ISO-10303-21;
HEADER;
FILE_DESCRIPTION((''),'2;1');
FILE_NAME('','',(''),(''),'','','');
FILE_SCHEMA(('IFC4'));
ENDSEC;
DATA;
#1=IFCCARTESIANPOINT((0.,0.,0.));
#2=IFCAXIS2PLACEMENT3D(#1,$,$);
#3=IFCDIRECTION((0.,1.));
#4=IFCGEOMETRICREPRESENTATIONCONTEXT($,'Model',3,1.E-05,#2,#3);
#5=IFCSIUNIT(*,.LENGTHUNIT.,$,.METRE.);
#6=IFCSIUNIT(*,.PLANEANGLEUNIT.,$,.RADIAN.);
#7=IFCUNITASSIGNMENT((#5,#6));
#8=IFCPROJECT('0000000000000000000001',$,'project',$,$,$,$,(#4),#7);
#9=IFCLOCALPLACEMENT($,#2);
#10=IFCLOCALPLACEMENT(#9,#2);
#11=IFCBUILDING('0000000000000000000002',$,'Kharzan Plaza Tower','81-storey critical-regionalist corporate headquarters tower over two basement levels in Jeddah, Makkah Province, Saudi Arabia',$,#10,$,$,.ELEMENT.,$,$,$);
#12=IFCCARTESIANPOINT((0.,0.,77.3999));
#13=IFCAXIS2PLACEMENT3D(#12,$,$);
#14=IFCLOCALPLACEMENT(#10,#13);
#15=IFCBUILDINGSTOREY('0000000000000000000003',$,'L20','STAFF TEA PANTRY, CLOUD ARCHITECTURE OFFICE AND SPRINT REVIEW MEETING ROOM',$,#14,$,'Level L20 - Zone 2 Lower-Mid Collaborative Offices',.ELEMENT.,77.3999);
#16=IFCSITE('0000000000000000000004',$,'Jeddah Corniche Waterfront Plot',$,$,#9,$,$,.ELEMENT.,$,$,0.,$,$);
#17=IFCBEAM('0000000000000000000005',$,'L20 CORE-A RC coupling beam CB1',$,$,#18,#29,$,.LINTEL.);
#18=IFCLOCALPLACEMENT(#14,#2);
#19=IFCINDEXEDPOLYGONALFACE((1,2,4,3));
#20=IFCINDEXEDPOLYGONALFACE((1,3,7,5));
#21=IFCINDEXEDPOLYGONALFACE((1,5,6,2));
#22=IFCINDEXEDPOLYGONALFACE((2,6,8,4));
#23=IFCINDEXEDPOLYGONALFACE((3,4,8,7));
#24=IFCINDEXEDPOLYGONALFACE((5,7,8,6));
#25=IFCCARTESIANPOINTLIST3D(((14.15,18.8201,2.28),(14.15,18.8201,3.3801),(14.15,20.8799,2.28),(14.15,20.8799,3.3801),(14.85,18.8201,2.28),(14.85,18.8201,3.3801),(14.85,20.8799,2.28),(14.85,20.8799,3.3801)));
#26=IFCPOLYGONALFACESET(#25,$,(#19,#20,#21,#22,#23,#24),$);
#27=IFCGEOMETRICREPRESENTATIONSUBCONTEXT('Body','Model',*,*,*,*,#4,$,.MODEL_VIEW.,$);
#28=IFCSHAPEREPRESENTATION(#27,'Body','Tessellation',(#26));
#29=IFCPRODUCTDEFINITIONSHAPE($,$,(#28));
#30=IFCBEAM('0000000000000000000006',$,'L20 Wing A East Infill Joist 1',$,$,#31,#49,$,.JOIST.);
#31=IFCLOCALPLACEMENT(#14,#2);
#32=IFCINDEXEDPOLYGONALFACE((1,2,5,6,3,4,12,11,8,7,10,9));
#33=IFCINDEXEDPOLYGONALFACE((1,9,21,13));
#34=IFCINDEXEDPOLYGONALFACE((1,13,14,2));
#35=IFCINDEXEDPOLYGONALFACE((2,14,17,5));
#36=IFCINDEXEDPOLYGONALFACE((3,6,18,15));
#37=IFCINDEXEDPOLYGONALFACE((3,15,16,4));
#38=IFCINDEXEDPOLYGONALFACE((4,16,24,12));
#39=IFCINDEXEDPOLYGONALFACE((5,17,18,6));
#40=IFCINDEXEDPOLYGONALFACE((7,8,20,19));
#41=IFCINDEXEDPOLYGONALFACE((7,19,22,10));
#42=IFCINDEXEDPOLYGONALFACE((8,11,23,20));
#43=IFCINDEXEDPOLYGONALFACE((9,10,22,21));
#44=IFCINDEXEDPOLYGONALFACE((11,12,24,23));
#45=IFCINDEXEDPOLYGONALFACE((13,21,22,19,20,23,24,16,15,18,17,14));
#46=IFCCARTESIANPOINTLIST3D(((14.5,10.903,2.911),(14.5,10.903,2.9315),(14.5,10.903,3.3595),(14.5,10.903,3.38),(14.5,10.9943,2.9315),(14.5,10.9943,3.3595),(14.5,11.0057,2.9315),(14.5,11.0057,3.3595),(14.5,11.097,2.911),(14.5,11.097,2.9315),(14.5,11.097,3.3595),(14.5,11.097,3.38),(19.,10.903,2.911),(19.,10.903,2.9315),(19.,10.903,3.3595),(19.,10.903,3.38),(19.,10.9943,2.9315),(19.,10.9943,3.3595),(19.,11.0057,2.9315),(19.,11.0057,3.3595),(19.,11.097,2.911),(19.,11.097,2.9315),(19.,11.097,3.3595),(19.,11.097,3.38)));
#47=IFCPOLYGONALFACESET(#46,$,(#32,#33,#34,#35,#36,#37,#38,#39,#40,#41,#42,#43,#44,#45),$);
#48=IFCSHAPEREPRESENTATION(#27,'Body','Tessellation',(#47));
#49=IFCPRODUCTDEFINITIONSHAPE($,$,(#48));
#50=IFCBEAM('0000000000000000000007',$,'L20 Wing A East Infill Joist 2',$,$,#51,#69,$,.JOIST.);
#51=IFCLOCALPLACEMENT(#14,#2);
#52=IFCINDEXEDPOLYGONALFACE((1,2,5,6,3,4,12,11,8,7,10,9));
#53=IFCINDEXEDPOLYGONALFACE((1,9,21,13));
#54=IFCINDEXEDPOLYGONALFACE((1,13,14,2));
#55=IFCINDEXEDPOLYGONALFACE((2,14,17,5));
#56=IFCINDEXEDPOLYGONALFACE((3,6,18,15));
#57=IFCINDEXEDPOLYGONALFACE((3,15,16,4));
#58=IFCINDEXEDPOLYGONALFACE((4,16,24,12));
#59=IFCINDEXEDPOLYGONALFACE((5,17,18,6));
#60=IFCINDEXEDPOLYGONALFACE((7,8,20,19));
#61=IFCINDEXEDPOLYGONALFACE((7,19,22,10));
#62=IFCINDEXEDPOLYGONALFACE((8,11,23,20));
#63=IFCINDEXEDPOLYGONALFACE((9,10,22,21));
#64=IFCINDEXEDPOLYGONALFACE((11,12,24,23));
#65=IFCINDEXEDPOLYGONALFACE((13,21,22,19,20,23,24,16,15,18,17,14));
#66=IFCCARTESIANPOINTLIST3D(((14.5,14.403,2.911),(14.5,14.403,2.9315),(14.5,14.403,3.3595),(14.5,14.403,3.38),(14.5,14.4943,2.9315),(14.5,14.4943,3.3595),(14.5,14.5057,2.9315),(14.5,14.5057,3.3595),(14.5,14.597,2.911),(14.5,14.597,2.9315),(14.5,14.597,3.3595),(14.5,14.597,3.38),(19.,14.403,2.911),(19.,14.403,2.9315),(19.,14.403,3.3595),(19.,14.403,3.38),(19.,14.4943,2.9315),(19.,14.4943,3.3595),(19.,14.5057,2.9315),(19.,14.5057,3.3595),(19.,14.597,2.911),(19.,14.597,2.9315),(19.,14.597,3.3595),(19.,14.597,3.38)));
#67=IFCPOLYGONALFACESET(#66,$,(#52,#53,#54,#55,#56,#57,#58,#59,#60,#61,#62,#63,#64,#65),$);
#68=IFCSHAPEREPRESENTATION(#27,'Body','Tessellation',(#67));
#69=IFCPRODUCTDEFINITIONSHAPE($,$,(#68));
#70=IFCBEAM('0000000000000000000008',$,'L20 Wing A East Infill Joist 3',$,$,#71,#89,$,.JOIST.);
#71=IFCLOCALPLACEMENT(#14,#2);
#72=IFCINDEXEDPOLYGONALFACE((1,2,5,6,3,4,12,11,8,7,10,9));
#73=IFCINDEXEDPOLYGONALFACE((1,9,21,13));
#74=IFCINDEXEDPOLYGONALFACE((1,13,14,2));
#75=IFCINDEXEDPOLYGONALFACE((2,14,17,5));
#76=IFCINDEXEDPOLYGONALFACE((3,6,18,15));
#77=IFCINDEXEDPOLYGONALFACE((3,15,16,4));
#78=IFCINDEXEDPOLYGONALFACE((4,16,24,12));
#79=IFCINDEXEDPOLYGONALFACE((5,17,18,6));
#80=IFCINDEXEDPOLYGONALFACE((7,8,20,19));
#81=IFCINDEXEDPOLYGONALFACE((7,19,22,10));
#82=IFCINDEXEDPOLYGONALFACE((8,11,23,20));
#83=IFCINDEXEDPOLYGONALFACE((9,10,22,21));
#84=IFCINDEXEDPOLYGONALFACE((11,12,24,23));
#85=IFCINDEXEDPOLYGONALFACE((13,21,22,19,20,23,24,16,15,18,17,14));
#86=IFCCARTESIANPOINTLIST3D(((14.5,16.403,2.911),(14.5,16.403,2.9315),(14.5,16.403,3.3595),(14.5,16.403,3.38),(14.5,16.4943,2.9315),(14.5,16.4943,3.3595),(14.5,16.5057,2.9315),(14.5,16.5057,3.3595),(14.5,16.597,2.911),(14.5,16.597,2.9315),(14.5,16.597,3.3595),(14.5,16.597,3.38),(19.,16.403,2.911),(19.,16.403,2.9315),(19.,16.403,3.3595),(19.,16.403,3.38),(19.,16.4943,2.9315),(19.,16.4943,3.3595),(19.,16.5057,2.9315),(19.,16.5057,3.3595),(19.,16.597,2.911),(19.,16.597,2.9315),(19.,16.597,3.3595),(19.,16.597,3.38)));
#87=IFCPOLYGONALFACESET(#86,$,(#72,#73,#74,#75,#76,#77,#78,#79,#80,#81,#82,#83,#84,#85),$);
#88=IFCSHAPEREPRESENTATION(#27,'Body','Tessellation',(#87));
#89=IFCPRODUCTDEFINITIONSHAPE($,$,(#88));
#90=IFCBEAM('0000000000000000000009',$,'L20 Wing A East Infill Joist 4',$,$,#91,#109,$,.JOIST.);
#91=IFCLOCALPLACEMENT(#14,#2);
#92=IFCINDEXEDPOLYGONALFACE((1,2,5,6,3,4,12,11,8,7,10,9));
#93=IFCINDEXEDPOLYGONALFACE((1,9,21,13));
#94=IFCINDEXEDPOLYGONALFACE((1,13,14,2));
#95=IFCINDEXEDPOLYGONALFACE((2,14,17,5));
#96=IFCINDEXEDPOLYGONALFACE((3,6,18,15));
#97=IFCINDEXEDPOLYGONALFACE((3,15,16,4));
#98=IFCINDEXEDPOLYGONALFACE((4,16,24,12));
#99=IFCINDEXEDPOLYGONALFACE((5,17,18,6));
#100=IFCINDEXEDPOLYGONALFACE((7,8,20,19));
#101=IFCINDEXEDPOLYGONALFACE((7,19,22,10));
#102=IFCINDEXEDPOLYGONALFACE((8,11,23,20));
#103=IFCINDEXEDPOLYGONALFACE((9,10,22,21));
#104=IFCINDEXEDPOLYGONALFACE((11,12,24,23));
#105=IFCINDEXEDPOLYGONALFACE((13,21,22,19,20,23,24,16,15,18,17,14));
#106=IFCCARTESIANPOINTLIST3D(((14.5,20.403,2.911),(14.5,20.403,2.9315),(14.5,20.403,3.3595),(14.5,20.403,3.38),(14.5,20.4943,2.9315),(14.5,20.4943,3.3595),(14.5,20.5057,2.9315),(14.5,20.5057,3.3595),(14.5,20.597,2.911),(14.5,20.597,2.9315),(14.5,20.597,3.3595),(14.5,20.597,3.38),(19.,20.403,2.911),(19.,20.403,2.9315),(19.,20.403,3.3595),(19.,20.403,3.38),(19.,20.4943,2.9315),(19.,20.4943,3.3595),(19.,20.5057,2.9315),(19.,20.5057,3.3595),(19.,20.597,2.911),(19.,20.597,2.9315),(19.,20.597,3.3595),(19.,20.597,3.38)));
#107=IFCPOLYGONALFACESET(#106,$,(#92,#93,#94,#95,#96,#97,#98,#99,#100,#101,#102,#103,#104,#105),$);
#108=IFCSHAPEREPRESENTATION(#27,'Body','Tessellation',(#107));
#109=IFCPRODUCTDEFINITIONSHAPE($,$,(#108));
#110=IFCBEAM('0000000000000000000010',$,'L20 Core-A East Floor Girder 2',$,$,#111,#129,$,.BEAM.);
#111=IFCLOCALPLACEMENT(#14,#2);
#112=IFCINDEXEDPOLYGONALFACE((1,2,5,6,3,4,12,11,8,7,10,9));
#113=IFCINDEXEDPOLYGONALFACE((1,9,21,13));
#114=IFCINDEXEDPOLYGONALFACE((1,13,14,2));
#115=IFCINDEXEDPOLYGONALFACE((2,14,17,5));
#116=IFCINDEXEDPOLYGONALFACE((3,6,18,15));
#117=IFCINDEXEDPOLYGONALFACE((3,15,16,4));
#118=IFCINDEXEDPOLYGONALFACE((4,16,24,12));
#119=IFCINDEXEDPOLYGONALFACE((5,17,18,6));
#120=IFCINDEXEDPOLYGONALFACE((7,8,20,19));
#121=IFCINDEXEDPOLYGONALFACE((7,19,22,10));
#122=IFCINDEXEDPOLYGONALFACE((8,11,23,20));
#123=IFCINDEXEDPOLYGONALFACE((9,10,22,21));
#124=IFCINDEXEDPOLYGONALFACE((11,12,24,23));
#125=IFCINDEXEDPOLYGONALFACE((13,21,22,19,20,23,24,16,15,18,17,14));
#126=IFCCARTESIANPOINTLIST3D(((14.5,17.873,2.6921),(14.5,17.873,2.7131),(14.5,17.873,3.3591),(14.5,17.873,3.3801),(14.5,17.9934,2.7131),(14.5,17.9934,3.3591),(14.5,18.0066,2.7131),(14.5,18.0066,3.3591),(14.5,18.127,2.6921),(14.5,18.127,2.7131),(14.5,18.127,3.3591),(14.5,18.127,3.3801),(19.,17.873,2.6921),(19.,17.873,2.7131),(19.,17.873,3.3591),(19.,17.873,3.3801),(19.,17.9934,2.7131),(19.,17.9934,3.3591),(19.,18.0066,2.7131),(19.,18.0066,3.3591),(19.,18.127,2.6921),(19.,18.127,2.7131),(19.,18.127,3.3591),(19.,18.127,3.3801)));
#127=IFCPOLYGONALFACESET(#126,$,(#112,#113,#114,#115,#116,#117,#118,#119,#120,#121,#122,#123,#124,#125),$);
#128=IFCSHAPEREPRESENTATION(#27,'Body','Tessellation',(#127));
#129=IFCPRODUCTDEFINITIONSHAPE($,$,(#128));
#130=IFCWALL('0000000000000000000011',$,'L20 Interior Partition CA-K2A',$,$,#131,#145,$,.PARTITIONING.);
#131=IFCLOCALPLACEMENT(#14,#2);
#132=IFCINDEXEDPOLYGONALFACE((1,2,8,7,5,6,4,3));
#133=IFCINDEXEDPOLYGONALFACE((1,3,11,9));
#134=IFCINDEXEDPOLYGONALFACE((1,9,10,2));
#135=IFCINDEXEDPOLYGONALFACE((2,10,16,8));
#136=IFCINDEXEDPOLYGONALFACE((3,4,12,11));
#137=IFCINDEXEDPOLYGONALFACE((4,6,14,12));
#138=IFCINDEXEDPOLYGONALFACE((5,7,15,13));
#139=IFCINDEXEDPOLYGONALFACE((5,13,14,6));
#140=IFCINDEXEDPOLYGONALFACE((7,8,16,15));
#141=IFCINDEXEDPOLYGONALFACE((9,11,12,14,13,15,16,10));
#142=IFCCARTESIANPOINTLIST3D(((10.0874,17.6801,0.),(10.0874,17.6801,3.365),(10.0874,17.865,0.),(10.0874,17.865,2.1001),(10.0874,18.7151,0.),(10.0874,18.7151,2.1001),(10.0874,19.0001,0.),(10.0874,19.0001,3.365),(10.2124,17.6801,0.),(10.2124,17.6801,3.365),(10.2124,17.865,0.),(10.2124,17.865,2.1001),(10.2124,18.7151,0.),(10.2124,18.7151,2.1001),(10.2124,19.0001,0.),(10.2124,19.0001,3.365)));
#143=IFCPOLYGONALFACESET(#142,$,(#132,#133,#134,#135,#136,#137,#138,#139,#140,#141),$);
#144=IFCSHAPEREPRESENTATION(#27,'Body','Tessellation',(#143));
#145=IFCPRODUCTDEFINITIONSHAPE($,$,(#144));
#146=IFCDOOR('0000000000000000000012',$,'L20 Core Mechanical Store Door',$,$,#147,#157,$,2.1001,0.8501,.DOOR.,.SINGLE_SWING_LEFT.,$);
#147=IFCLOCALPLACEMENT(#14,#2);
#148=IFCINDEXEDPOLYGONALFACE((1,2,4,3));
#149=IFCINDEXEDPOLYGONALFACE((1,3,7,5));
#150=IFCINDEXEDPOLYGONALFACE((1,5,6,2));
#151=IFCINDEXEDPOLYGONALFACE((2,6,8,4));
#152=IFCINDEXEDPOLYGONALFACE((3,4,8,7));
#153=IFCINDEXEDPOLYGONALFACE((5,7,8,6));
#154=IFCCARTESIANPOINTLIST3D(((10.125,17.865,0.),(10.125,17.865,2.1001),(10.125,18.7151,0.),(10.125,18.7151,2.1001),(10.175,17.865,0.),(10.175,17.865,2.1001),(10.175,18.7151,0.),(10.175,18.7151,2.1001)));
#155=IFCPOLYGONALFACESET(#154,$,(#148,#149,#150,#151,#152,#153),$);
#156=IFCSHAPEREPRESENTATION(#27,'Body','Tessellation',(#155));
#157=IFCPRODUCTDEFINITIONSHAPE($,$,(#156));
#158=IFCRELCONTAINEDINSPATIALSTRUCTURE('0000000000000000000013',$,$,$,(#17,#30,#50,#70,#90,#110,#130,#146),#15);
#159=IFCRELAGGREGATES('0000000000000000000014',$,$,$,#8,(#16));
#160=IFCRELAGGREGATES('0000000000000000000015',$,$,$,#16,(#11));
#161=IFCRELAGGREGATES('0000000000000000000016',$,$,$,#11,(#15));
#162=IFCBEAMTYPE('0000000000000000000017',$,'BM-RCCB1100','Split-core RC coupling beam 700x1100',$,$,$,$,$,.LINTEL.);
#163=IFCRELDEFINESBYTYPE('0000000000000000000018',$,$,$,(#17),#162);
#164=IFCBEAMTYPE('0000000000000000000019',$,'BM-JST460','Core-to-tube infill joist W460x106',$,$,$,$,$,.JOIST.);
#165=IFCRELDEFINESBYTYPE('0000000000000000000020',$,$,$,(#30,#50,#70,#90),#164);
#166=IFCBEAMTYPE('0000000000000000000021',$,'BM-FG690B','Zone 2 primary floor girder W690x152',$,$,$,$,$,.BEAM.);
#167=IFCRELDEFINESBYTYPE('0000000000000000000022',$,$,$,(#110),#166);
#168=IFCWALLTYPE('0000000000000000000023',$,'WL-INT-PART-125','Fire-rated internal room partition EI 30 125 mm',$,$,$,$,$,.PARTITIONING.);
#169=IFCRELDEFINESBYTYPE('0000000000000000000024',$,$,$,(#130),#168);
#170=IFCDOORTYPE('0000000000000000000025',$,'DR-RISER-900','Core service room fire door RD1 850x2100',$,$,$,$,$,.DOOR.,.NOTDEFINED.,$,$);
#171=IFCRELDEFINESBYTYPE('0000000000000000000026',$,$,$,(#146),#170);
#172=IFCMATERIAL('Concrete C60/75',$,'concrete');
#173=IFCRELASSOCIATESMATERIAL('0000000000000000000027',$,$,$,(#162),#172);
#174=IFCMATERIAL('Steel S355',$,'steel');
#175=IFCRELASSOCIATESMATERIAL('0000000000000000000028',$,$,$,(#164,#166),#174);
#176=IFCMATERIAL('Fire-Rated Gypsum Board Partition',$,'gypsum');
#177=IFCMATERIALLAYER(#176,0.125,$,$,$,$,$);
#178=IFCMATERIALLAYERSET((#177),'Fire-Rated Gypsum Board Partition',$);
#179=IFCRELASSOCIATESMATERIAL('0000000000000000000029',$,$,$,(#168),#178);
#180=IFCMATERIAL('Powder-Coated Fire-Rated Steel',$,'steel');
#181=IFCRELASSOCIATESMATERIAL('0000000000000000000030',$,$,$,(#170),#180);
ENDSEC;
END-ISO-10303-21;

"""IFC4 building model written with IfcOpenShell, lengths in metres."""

from ifc_helpers import new_model, si_unit, direction, frame, frame_2d, origin, origin_2d, place, context, subcontext, project, spatial, rectangle, i_section, extrude, source, transform, mapped, material, layer, layer_set, material_profile, profile_set, type_object, element, fill, save


model = new_model("IFC4")

# Units and contexts
model_context = context("Model", 3, precision=1e-05, world=origin(), true_north=direction((0.0, 1.0)))
body_context = subcontext(model_context, "Body", "Model", "MODEL_VIEW")
ifc_project = project(units=[si_unit("LENGTHUNIT", "METRE"), si_unit("PLANEANGLEUNIT", "RADIAN")], contexts=[model_context])

# Site, building, storey
site_placement = place(None, origin())
site = spatial("IfcSite", under=ifc_project, at=site_placement, Name="Jeddah Corniche Waterfront Plot", CompositionType="ELEMENT", RefElevation=0.0)
building_placement = place(site_placement, origin())
building = spatial("IfcBuilding", under=site, at=building_placement, Name="Kharzan Plaza Tower", Description="81-storey critical-regionalist corporate headquarters tower over two basement levels in Jeddah, Makkah Province, Saudi Arabia", CompositionType="ELEMENT")
storey_placement = place(building_placement, frame((0.0, 0.0, 77.3999)))
storey = spatial("IfcBuildingStorey", under=building, at=storey_placement, Name="L20", Description="STAFF TEA PANTRY, CLOUD ARCHITECTURE OFFICE AND SPRINT REVIEW MEETING ROOM", LongName="Level L20 - Zone 2 Lower-Mid Collaborative Offices", CompositionType="ELEMENT", Elevation=77.3999)

# Beams
ifc_material_1 = material(Name="Concrete C60/75", Category="concrete")
ifc_material_profile_1 = material_profile(ifc_material_1, rectangle(XDim=0.7, YDim=1.1001, at=origin_2d()), Name="RC-CB1100x700")
ifc_profile_set_1 = profile_set([ifc_material_profile_1], Name="Concrete C60/75")
beam_type_1 = type_object("IfcBeamType", Name="BM-RCCB1100", Description="Split-core RC coupling beam 700x1100", PredefinedType="LINTEL", material=ifc_profile_set_1)
shared_shape_1 = source(origin(), body_context, "Body", "SweptSolid", [
    extrude(rectangle(XDim=0.7, YDim=1.1001, at=origin_2d()), origin(), (0.0, 0.0, 1.0), 2.0598),
])
beam_1_placement = place(storey_placement, frame((14.5, 18.8201, 2.8301), z_axis=(0.0, 1.0, 0.0), x_axis=(-1.0, 0.0, 0.0)))
element("IfcBeam", 1, at=beam_1_placement, inside=storey, type_object=beam_type_1, Name="L20 CORE-A RC coupling beam CB1", PredefinedType="LINTEL", context=body_context, shape_type="MappedRepresentation", body=[
    mapped(shared_shape_1, transform((0.0, 0.0, 0.0), x_axis=(1.0, 0.0, 0.0), y_axis=(0.0, 1.0, 0.0), z_axis=(0.0, 0.0, 1.0))),
])
ifc_material_2 = material(Name="Steel S355", Category="steel")
ifc_material_profile_2 = material_profile(ifc_material_2, i_section(OverallWidth=0.1941, OverallDepth=0.469, WebThickness=0.0115, FlangeThickness=0.0205, at=origin_2d()), Name="W460x106")
ifc_profile_set_2 = profile_set([ifc_material_profile_2], Name="Steel S355")
beam_type_2 = type_object("IfcBeamType", Name="BM-JST460", Description="Core-to-tube infill joist W460x106", PredefinedType="JOIST", material=ifc_profile_set_2)
shared_shape_2 = source(origin(), body_context, "Body", "SweptSolid", [
    extrude(i_section(OverallWidth=0.1941, OverallDepth=0.469, WebThickness=0.0115, FlangeThickness=0.0205, at=origin_2d()), origin(), (0.0, 0.0, 1.0), 4.5),
])
for number, where, z_axis, x_axis, name in (
    (2, (14.5, 11.0, 3.1455), (1.0, 0.0, 0.0), (0.0, 1.0, 0.0), "L20 Wing A East Infill Joist 1"),
    (3, (14.5, 14.5, 3.1455), (1.0, 0.0, 0.0), (0.0, 1.0, 0.0), "L20 Wing A East Infill Joist 2"),
    (4, (14.5, 16.5, 3.1455), (1.0, 0.0, 0.0), (0.0, 1.0, 0.0), "L20 Wing A East Infill Joist 3"),
    (5, (14.5, 20.5, 3.1455), (1.0, 0.0, 0.0), (0.0, 1.0, 0.0), "L20 Wing A East Infill Joist 4"),
):
    element("IfcBeam", number, at=place(storey_placement, frame(where, z_axis=z_axis, x_axis=x_axis)), inside=storey, type_object=beam_type_2, Name=name, PredefinedType="JOIST", context=body_context, shape_type="MappedRepresentation", body=[
        mapped(shared_shape_2, transform((0.0, 0.0, 0.0), x_axis=(1.0, 0.0, 0.0), y_axis=(0.0, 1.0, 0.0), z_axis=(0.0, 0.0, 1.0))),
    ])
ifc_material_profile_3 = material_profile(ifc_material_2, i_section(OverallWidth=0.2539, OverallDepth=0.688, WebThickness=0.0132, FlangeThickness=0.021, at=origin_2d()), Name="W690x152")
ifc_profile_set_3 = profile_set([ifc_material_profile_3], Name="Steel S355")
beam_type_3 = type_object("IfcBeamType", Name="BM-FG690B", Description="Zone 2 primary floor girder W690x152", PredefinedType="BEAM", material=ifc_profile_set_3)
shared_shape_3 = source(origin(), body_context, "Body", "SweptSolid", [
    extrude(i_section(OverallWidth=0.2539, OverallDepth=0.688, WebThickness=0.0132, FlangeThickness=0.021, at=origin_2d()), origin(), (0.0, 0.0, 1.0), 4.5),
])
beam_2_placement = place(storey_placement, frame((14.5, 18.0, 3.0361), z_axis=(1.0, 0.0, 0.0), x_axis=(0.0, 1.0, 0.0)))
element("IfcBeam", 6, at=beam_2_placement, inside=storey, type_object=beam_type_3, Name="L20 Core-A East Floor Girder 2", PredefinedType="BEAM", context=body_context, shape_type="MappedRepresentation", body=[
    mapped(shared_shape_3, transform((0.0, 0.0, 0.0), x_axis=(1.0, 0.0, 0.0), y_axis=(0.0, 1.0, 0.0), z_axis=(0.0, 0.0, 1.0))),
])

# Wall, opening, door
ifc_material_3 = material(Name="Fire-Rated Gypsum Board Partition", Category="gypsum")
ifc_layer_1 = layer(ifc_material_3, 0.125)
ifc_layer_set_1 = layer_set([ifc_layer_1], Name="Fire-Rated Gypsum Board Partition")
wall_type_1 = type_object("IfcWallType", Name="WL-INT-PART-125", Description="Fire-rated internal room partition EI 30 125 mm", PredefinedType="PARTITIONING", material=ifc_layer_set_1)
wall_1_placement = place(storey_placement, frame((10.1499, 17.6799, 0.0), z_axis=(0.0, 0.0, 1.0), x_axis=(0.0, 1.0, 0.0)))
wall_1 = element("IfcWall", 7, at=wall_1_placement, inside=storey, type_object=wall_type_1, Name="L20 Interior Partition CA-K2A", PredefinedType="PARTITIONING", context=body_context, shape_type="SweptSolid", body=[
    extrude(rectangle(XDim=1.3201, YDim=0.125, at=frame_2d((0.6602, 0.0))), origin(), (0.0, 0.0, 1.0), 3.365),
])
opening_1_placement = place(wall_1_placement, frame((0.1851, 0.0, 0.0)))
opening_1 = element("IfcOpeningElement", 8, at=opening_1_placement, cuts=wall_1, PredefinedType="OPENING", context=body_context, shape_type="SweptSolid", body=[
    extrude(rectangle(XDim=0.8501, YDim=2.1001, at=frame_2d((0.425, 1.05))), frame((0.0, 0.0725, 0.0), z_axis=(0.0, -1.0, 0.0), x_axis=(1.0, 0.0, 0.0)), (0.0, 0.0, 1.0), 0.145),
])
ifc_material_4 = material(Name="Powder-Coated Fire-Rated Steel", Category="steel")
door_type_1 = type_object("IfcDoorType", Name="DR-RISER-900", Description="Core service room fire door RD1 850x2100", OperationType="NOTDEFINED", PredefinedType="DOOR", material=ifc_material_4)
shared_shape_4 = source(origin(), body_context, "Body", "SweptSolid", [
    extrude(rectangle(XDim=0.8501, YDim=2.1001, at=frame_2d((0.425, 1.05))), frame((0.0, 0.0249, 0.0), z_axis=(0.0, -1.0, 0.0), x_axis=(1.0, 0.0, 0.0)), (0.0, 0.0, 1.0), 0.05),
])
door_1_placement = place(opening_1_placement, origin())
door_1 = element("IfcDoor", 9, at=door_1_placement, inside=storey, type_object=door_type_1, Name="L20 Core Mechanical Store Door", OperationType="SINGLE_SWING_LEFT", OverallHeight=2.1001, OverallWidth=0.8501, PredefinedType="DOOR", context=body_context, shape_type="MappedRepresentation", body=[
    mapped(shared_shape_4, transform((0.0, 0.0, 0.0), x_axis=(1.0, 0.0, 0.0), y_axis=(0.0, 1.0, 0.0), z_axis=(0.0, 0.0, 1.0))),
])
fill(opening_1, door_1)

save(model, "model.ifc")
